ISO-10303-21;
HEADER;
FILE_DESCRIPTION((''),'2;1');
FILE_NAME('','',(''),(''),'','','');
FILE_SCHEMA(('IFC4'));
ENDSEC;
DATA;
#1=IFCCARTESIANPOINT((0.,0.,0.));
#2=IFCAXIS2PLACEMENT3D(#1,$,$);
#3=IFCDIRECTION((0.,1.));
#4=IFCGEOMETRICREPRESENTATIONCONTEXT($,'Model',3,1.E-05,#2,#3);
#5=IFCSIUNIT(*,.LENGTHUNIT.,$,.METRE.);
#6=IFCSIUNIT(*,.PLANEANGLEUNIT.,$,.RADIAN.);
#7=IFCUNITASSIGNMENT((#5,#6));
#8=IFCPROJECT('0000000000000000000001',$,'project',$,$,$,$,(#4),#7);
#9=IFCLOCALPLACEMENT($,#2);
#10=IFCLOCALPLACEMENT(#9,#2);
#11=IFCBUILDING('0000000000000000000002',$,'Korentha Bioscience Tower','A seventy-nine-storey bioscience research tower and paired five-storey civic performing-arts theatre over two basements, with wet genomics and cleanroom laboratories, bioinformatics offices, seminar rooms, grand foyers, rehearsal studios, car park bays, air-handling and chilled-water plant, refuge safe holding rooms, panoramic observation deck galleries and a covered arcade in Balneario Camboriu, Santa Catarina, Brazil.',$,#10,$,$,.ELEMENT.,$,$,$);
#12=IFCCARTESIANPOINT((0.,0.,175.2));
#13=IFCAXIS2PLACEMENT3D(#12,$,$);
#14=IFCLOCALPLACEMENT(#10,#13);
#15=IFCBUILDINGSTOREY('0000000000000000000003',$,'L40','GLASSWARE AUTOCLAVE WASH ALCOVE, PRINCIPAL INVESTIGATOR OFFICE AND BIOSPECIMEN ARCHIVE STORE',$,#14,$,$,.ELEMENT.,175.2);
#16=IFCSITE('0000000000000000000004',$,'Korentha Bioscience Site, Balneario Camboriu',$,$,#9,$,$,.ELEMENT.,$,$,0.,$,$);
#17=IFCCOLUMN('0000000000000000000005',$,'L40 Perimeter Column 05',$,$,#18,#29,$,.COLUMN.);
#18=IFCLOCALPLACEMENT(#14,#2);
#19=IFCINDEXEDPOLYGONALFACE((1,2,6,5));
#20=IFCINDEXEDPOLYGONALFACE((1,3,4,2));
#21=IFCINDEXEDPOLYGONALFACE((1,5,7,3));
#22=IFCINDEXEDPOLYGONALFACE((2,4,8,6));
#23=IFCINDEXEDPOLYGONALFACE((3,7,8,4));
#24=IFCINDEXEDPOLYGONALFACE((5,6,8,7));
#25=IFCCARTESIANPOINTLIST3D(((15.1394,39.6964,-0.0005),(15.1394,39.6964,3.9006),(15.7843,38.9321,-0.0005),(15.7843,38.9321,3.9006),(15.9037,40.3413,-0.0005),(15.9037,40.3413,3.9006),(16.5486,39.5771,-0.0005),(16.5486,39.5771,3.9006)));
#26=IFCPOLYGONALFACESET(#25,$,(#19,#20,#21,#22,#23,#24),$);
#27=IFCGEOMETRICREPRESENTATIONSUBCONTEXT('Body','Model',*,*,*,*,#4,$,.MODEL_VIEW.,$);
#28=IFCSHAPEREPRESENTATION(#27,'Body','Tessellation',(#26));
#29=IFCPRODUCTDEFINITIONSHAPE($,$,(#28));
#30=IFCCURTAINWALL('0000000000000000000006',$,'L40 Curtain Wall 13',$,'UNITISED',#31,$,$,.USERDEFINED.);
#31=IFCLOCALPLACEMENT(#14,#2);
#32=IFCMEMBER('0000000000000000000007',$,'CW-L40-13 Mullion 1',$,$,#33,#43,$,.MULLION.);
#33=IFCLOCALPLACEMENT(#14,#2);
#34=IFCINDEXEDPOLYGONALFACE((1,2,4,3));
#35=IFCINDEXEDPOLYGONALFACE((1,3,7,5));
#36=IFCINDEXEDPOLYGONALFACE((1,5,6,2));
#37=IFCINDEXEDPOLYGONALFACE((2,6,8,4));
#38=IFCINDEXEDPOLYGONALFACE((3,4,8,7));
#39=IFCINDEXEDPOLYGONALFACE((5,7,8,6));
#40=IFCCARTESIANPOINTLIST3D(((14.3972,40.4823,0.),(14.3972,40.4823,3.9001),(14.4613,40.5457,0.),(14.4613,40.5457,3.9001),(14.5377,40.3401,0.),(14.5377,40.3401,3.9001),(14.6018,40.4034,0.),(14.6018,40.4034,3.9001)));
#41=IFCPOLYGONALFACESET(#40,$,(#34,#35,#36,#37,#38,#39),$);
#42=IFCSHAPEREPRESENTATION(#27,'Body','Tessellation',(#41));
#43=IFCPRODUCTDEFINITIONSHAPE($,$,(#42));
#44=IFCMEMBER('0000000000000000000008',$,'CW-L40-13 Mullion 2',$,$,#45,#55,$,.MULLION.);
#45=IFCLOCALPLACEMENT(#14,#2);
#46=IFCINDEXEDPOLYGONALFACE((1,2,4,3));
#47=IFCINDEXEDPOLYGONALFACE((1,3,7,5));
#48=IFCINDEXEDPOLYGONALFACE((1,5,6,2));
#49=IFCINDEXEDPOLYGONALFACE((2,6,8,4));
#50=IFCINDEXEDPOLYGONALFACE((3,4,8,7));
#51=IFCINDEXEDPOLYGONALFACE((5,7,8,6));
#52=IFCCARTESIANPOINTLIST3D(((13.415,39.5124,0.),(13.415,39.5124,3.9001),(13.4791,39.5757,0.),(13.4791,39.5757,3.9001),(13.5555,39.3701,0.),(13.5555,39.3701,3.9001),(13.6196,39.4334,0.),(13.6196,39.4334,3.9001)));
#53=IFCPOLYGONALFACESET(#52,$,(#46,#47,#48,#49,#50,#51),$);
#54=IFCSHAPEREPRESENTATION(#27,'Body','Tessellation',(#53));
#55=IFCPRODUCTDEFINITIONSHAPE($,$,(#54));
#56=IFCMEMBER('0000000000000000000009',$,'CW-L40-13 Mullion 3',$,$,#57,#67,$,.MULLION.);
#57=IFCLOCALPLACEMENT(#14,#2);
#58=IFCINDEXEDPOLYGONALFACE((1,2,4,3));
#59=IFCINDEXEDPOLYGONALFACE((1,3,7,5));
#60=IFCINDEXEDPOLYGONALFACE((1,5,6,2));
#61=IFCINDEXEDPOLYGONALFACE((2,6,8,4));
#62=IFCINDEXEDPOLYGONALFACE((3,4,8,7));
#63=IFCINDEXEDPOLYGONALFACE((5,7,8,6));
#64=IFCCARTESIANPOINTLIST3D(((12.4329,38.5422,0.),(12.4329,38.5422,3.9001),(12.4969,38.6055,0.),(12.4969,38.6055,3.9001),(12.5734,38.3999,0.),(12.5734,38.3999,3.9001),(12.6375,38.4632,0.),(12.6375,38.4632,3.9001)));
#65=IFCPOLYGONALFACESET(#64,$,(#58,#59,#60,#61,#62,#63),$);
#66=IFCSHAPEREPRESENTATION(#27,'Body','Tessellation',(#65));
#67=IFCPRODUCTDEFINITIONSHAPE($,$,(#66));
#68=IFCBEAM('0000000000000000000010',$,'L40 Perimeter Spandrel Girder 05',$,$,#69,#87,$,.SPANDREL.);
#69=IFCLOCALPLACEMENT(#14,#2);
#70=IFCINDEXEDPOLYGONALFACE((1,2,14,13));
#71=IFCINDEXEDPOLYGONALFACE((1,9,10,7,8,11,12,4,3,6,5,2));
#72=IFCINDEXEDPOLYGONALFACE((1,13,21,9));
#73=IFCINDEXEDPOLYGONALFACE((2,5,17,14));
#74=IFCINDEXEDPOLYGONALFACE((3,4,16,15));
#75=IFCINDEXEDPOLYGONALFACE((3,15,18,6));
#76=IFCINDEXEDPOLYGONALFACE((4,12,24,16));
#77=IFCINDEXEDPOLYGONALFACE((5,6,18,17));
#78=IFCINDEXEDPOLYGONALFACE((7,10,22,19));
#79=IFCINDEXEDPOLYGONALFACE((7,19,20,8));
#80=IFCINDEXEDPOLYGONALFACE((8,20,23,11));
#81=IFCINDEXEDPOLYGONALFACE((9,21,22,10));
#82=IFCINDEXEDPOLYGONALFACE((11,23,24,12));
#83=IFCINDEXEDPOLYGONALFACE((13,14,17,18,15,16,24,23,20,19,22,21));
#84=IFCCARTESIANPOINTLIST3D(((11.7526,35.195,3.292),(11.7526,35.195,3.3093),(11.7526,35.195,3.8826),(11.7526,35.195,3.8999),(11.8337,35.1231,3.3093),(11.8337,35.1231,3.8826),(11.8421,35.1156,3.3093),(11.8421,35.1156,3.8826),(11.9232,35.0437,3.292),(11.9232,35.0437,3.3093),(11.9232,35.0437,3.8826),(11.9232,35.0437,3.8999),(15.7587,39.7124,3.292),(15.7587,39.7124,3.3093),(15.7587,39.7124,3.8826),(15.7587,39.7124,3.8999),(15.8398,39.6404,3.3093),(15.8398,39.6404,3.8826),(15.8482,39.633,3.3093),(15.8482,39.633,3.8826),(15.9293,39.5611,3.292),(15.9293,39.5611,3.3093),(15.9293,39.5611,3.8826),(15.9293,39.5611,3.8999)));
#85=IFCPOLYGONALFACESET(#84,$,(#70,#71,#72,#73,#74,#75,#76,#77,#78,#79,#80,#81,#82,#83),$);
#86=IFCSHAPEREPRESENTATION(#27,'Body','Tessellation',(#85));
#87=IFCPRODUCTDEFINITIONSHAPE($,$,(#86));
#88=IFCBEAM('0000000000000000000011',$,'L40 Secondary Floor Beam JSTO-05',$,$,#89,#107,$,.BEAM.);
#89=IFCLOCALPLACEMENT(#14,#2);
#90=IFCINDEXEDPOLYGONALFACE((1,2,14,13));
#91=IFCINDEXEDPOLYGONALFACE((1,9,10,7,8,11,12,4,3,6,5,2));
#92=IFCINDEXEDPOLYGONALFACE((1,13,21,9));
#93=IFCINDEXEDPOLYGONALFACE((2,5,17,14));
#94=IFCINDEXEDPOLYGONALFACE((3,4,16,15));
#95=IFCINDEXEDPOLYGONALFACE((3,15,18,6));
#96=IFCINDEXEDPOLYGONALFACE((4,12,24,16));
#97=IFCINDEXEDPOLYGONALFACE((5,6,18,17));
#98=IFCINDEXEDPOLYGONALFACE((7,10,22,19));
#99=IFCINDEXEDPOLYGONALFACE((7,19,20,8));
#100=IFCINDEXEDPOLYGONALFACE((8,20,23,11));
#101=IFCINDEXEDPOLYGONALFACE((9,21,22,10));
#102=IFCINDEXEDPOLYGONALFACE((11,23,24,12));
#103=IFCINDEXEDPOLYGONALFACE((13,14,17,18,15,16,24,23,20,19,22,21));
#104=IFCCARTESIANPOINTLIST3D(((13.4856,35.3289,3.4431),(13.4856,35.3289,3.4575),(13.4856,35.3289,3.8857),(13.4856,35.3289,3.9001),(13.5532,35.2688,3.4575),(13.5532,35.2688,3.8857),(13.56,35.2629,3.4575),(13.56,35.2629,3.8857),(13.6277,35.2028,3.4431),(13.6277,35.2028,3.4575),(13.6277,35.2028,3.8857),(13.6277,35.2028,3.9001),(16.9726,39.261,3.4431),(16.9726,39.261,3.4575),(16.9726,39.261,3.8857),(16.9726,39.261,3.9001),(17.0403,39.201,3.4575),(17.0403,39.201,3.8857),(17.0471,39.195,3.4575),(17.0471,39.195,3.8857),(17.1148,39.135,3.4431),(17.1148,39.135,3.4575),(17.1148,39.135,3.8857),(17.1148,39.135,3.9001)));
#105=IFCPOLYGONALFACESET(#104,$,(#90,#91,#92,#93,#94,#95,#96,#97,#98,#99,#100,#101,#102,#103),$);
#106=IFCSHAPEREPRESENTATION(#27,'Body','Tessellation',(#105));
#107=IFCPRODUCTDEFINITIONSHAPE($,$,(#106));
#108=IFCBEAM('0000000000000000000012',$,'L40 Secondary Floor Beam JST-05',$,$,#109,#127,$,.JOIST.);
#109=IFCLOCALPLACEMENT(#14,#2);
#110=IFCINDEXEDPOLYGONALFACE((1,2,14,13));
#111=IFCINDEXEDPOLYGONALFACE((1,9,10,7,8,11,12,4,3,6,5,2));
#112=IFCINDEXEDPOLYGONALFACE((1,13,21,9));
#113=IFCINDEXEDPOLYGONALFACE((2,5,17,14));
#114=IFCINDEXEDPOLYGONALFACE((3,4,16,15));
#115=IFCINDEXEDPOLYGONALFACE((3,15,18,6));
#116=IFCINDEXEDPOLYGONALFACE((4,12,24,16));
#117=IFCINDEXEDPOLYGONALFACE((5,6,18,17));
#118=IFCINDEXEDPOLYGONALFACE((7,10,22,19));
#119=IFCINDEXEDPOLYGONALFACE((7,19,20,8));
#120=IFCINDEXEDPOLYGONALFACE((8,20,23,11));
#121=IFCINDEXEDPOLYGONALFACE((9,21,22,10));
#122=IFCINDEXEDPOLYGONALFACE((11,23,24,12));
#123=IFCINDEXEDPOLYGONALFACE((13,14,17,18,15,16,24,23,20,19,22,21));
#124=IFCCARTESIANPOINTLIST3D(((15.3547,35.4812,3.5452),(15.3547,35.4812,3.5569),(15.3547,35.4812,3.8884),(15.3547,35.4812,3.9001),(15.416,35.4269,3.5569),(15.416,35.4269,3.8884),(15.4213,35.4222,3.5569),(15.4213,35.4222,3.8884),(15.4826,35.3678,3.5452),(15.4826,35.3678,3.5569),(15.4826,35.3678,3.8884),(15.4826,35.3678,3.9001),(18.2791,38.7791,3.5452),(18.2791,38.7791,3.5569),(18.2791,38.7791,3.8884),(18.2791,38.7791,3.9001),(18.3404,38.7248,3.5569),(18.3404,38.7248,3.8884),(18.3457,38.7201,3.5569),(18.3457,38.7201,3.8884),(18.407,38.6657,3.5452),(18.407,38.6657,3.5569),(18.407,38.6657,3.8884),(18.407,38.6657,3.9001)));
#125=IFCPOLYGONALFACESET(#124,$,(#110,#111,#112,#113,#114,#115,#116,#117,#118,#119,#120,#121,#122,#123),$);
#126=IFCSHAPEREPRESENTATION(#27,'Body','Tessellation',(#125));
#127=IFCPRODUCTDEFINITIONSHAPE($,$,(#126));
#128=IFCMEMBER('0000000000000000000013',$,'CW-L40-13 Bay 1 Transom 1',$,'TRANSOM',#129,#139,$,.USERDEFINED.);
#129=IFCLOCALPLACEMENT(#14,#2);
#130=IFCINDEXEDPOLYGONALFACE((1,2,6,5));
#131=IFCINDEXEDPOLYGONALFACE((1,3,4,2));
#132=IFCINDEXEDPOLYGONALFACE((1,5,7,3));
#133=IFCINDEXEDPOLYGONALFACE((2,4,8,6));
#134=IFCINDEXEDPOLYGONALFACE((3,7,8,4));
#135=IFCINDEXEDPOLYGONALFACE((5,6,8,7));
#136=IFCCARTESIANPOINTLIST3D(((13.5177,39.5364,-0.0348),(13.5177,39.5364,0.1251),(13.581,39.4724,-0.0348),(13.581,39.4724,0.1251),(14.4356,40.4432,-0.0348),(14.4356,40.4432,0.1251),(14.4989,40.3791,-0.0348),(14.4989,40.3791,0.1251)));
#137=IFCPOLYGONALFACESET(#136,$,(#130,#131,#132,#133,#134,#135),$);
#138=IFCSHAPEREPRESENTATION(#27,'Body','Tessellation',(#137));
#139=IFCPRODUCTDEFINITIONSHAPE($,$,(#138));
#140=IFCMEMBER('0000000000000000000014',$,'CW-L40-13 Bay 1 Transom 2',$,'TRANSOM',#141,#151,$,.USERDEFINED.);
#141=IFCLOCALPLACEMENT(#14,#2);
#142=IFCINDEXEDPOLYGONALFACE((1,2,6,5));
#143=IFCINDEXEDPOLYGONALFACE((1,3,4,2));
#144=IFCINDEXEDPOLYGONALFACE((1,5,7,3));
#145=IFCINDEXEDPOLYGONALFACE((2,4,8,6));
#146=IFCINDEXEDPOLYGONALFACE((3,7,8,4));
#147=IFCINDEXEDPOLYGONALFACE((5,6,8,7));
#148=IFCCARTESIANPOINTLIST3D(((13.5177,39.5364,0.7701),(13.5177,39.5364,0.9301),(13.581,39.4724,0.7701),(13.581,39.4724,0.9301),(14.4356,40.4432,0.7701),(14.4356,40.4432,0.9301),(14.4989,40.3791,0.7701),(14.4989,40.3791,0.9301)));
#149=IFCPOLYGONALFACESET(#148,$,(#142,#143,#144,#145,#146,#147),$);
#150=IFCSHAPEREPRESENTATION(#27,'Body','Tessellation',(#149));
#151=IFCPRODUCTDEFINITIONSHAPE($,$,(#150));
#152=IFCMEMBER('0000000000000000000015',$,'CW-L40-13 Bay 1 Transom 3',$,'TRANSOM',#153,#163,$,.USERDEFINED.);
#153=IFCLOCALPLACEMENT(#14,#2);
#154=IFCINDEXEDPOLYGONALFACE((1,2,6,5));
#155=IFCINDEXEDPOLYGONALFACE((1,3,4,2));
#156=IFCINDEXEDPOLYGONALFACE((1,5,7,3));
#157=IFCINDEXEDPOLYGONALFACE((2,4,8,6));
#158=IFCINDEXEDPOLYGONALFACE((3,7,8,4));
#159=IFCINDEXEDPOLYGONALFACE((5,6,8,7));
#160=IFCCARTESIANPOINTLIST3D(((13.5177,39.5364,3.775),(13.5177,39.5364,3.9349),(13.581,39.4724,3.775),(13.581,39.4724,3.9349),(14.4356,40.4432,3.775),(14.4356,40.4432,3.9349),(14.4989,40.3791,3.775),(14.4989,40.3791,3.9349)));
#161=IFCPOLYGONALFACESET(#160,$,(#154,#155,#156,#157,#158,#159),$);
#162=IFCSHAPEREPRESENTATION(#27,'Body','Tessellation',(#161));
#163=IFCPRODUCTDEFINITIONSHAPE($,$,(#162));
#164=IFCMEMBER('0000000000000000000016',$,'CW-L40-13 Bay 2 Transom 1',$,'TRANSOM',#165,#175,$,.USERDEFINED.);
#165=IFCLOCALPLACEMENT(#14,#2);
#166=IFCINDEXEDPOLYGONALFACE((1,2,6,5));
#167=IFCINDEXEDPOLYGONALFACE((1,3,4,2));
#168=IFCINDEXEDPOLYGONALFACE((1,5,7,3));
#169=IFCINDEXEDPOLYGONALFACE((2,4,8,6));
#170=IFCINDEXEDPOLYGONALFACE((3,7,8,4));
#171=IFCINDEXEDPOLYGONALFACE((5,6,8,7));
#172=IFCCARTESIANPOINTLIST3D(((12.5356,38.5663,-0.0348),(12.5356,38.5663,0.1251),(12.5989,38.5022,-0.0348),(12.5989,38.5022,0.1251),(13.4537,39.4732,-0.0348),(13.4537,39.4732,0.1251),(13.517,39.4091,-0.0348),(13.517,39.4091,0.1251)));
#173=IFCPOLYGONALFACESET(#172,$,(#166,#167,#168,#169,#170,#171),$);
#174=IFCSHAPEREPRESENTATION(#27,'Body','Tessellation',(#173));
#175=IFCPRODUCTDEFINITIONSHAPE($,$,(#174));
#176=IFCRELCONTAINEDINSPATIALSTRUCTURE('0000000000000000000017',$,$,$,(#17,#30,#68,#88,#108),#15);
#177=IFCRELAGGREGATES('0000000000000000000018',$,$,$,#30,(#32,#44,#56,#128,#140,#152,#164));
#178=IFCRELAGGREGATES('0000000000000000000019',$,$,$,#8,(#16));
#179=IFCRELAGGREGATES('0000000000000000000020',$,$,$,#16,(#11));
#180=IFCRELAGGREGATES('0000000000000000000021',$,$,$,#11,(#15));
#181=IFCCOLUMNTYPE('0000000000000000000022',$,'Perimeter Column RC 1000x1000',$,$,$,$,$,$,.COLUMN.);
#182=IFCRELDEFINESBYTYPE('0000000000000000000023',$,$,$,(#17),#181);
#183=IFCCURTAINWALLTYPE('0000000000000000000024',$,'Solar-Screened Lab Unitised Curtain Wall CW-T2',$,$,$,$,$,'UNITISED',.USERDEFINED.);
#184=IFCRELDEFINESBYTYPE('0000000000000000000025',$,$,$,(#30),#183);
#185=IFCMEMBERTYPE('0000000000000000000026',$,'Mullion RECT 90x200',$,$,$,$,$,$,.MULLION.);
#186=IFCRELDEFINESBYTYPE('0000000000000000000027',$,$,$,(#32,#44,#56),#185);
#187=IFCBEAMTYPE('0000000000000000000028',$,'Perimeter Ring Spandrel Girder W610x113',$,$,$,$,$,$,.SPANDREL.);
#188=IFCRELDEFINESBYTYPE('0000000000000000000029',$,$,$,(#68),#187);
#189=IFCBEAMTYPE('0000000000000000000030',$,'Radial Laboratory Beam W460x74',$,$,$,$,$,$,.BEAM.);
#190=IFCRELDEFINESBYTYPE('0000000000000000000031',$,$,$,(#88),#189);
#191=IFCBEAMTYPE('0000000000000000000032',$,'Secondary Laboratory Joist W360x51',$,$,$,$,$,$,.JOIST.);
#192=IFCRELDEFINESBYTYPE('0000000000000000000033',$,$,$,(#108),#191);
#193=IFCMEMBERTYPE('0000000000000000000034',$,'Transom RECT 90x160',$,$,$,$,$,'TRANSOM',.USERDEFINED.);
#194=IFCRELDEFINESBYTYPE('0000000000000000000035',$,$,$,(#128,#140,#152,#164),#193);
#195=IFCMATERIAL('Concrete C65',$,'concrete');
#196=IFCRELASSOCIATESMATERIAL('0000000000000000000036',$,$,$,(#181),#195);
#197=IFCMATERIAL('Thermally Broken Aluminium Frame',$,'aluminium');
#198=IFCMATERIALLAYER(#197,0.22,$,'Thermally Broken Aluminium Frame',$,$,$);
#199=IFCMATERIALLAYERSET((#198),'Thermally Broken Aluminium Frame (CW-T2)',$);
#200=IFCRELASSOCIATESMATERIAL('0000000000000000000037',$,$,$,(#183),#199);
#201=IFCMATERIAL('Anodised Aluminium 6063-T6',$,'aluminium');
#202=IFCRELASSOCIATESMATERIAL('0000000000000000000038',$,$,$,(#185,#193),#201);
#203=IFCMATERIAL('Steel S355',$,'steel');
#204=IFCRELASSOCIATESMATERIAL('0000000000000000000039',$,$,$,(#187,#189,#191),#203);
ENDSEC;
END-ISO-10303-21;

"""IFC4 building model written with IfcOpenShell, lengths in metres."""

from ifc_helpers import new_model, si_unit, direction, frame, origin, origin_2d, place, context, subcontext, project, spatial, rectangle, i_section, extrude, material, layer, layer_set, material_profile, profile_set, type_object, element, aggregate, save


model = new_model("IFC4")

# Units and contexts
model_context = context("Model", 3, precision=1e-05, world=origin(), true_north=direction((0.0, 1.0)))
body_context = subcontext(model_context, "Body", "Model", "MODEL_VIEW")
ifc_project = project(units=[si_unit("LENGTHUNIT", "METRE"), si_unit("PLANEANGLEUNIT", "RADIAN")], contexts=[model_context])

# Site, building, storey
site_placement = place(None, origin())
site = spatial("IfcSite", under=ifc_project, at=site_placement, Name="Korentha Bioscience Site, Balneario Camboriu", CompositionType="ELEMENT", RefElevation=0.0)
building_placement = place(site_placement, origin())
building = spatial("IfcBuilding", under=site, at=building_placement, Name="Korentha Bioscience Tower", Description="A seventy-nine-storey bioscience research tower and paired five-storey civic performing-arts theatre over two basements, with wet genomics and cleanroom laboratories, bioinformatics offices, seminar rooms, grand foyers, rehearsal studios, car park bays, air-handling and chilled-water plant, refuge safe holding rooms, panoramic observation deck galleries and a covered arcade in Balneario Camboriu, Santa Catarina, Brazil.", CompositionType="ELEMENT")
storey_placement = place(building_placement, frame((0.0, 0.0, 175.2)))
storey = spatial("IfcBuildingStorey", under=building, at=storey_placement, Name="L40", Description="GLASSWARE AUTOCLAVE WASH ALCOVE, PRINCIPAL INVESTIGATOR OFFICE AND BIOSPECIMEN ARCHIVE STORE", CompositionType="ELEMENT", Elevation=175.2)

# Column
ifc_material_1 = material(Name="Concrete C65", Category="concrete")
ifc_material_profile_1 = material_profile(ifc_material_1, rectangle(XDim=1.0, YDim=1.0, at=origin_2d()), Name="Concrete C65")
ifc_profile_set_1 = profile_set([ifc_material_profile_1], Name="Concrete C65 (COL-P10)")
column_type = type_object("IfcColumnType", Name="Perimeter Column RC 1000x1000", PredefinedType="COLUMN", material=ifc_profile_set_1)
column_placement = place(storey_placement, frame((15.844, 39.6367, -0.0005), z_axis=(0.0, 0.0, 1.0), x_axis=(0.764246, 0.644924, 0.0)))
element("IfcColumn", 1, at=column_placement, inside=storey, type_object=column_type, Name="L40 Perimeter Column 05", PredefinedType="COLUMN", context=body_context, shape_type="SweptSolid", body=[
    extrude(rectangle(XDim=1.0, YDim=1.0, at=origin_2d()), origin(), (0.0, 0.0, 1.0), 3.9011),
])

# Curtain wall, members
ifc_material_2 = material(Name="Thermally Broken Aluminium Frame", Category="aluminium")
ifc_layer_1 = layer(ifc_material_2, 0.22, Name="Thermally Broken Aluminium Frame")
ifc_layer_set_1 = layer_set([ifc_layer_1], Name="Thermally Broken Aluminium Frame (CW-T2)")
curtain_wall_type = type_object("IfcCurtainWallType", Name="Solar-Screened Lab Unitised Curtain Wall CW-T2", ElementType="UNITISED", PredefinedType="USERDEFINED", material=ifc_layer_set_1)
curtain_wall_placement = place(storey_placement, origin())
curtain_wall = element("IfcCurtainWall", 2, at=curtain_wall_placement, inside=storey, type_object=curtain_wall_type, Name="L40 Curtain Wall 13", ObjectType="UNITISED", PredefinedType="USERDEFINED")
ifc_material_3 = material(Name="Anodised Aluminium 6063-T6", Category="aluminium")
ifc_material_profile_2 = material_profile(ifc_material_3, rectangle(XDim=0.0901, YDim=0.2, at=origin_2d()), Name="Anodised Aluminium 6063-T6")
ifc_profile_set_2 = profile_set([ifc_material_profile_2], Name="Anodised Aluminium 6063-T6 (CW-MUL)")
member_type_1 = type_object("IfcMemberType", Name="Mullion RECT 90x200", PredefinedType="MULLION", material=ifc_profile_set_2)
member_1_placement = place(storey_placement, frame((14.4995, 40.4429, 0.0), z_axis=(0.0, 0.0, 1.0), x_axis=(-0.711461, -0.702726, 0.0)))
member_1 = element("IfcMember", 3, at=member_1_placement, type_object=member_type_1, Name="CW-L40-13 Mullion 1", PredefinedType="MULLION", context=body_context, shape_type="SweptSolid", body=[
    extrude(rectangle(XDim=0.0901, YDim=0.2, at=origin_2d()), origin(), (0.0, 0.0, 1.0), 3.9001),
])
member_2_placement = place(storey_placement, frame((13.5173, 39.4729, 0.0), z_axis=(0.0, 0.0, 1.0), x_axis=(-0.711461, -0.702726, 0.0)))
member_2 = element("IfcMember", 4, at=member_2_placement, type_object=member_type_1, Name="CW-L40-13 Mullion 2", PredefinedType="MULLION", context=body_context, shape_type="SweptSolid", body=[
    extrude(rectangle(XDim=0.0901, YDim=0.2, at=origin_2d()), origin(), (0.0, 0.0, 1.0), 3.9001),
])
member_3_placement = place(storey_placement, frame((12.5352, 38.5027, 0.0), z_axis=(0.0, 0.0, 1.0), x_axis=(-0.711461, -0.702726, 0.0)))
member_3 = element("IfcMember", 5, at=member_3_placement, type_object=member_type_1, Name="CW-L40-13 Mullion 3", PredefinedType="MULLION", context=body_context, shape_type="SweptSolid", body=[
    extrude(rectangle(XDim=0.0901, YDim=0.2, at=origin_2d()), origin(), (0.0, 0.0, 1.0), 3.9001),
])

# Beams
ifc_material_4 = material(Name="Steel S355", Category="steel")
ifc_material_profile_3 = material_profile(ifc_material_4, i_section(OverallWidth=0.228, OverallDepth=0.6079, WebThickness=0.0112, FlangeThickness=0.0173, at=origin_2d()), Name="Steel S355")
ifc_profile_set_3 = profile_set([ifc_material_profile_3], Name="Steel S355 (SB-610)")
beam_type_1 = type_object("IfcBeamType", Name="Perimeter Ring Spandrel Girder W610x113", PredefinedType="SPANDREL", material=ifc_profile_set_3)
beam_1_placement = place(storey_placement, frame((15.844, 39.6367, 3.5959), z_axis=(-0.663503, -0.748174, 0.0), x_axis=(0.748174, -0.663503, 0.0)))
element("IfcBeam", 6, at=beam_1_placement, inside=storey, type_object=beam_type_1, Name="L40 Perimeter Spandrel Girder 05", PredefinedType="SPANDREL", context=body_context, shape_type="SweptSolid", body=[
    extrude(i_section(OverallWidth=0.228, OverallDepth=0.6079, WebThickness=0.0112, FlangeThickness=0.0173, at=origin_2d()), origin(), (0.0, 0.0, 1.0), 6.0378),
])
ifc_material_profile_4 = material_profile(ifc_material_4, i_section(OverallWidth=0.1899, OverallDepth=0.457, WebThickness=0.009, FlangeThickness=0.0144, at=origin_2d()), Name="Steel S355")
ifc_profile_set_4 = profile_set([ifc_material_profile_4], Name="Steel S355 (RB-460)")
beam_type_2 = type_object("IfcBeamType", Name="Radial Laboratory Beam W460x74", PredefinedType="BEAM", material=ifc_profile_set_4)
beam_2_placement = place(storey_placement, frame((17.0437, 39.198, 3.6716), z_axis=(-0.663496, -0.74818, 0.0), x_axis=(0.74818, -0.663496, 0.0)))
element("IfcBeam", 7, at=beam_2_placement, inside=storey, type_object=beam_type_2, Name="L40 Secondary Floor Beam JSTO-05", PredefinedType="BEAM", context=body_context, shape_type="SweptSolid", body=[
    extrude(i_section(OverallWidth=0.1899, OverallDepth=0.457, WebThickness=0.009, FlangeThickness=0.0144, at=origin_2d()), origin(), (0.0, 0.0, 1.0), 5.2556),
])
ifc_material_profile_5 = material_profile(ifc_material_4, i_section(OverallWidth=0.1709, OverallDepth=0.355, WebThickness=0.0071, FlangeThickness=0.0117, at=origin_2d()), Name="Steel S355")
ifc_profile_set_5 = profile_set([ifc_material_profile_5], Name="Steel S355 (JB-360)")
beam_type_3 = type_object("IfcBeamType", Name="Secondary Laboratory Joist W360x51", PredefinedType="JOIST", material=ifc_profile_set_5)
beam_3_placement = place(storey_placement, frame((18.343, 38.7224, 3.7227), z_axis=(-0.663463, -0.748209, 0.0), x_axis=(0.748209, -0.663463, 0.0)))
element("IfcBeam", 8, at=beam_3_placement, inside=storey, type_object=beam_type_3, Name="L40 Secondary Floor Beam JST-05", PredefinedType="JOIST", context=body_context, shape_type="SweptSolid", body=[
    extrude(i_section(OverallWidth=0.1709, OverallDepth=0.355, WebThickness=0.0071, FlangeThickness=0.0117, at=origin_2d()), origin(), (0.0, 0.0, 1.0), 4.4077),
])

# Members
ifc_material_profile_6 = material_profile(ifc_material_3, rectangle(XDim=0.0901, YDim=0.1599, at=origin_2d()), Name="Anodised Aluminium 6063-T6")
ifc_profile_set_6 = profile_set([ifc_material_profile_6], Name="Anodised Aluminium 6063-T6 (CW-TRN)")
member_type_2 = type_object("IfcMemberType", Name="Transom RECT 90x160", ElementType="TRANSOM", PredefinedType="USERDEFINED", material=ifc_profile_set_6)
member_4_placement = place(storey_placement, frame((14.4673, 40.4111, 0.0452), z_axis=(-0.711445, -0.702741, 0.0), x_axis=(0.702741, -0.711445, 0.0)))
member_4 = element("IfcMember", 9, at=member_4_placement, type_object=member_type_2, Name="CW-L40-13 Bay 1 Transom 1", ObjectType="TRANSOM", PredefinedType="USERDEFINED", context=body_context, shape_type="SweptSolid", body=[
    extrude(rectangle(XDim=0.0901, YDim=0.1599, at=origin_2d()), origin(), (0.0, 0.0, 1.0), 1.2903),
])
member_5_placement = place(storey_placement, frame((14.4673, 40.4111, 0.8501), z_axis=(-0.711445, -0.702741, 0.0), x_axis=(0.702741, -0.711445, 0.0)))
member_5 = element("IfcMember", 10, at=member_5_placement, type_object=member_type_2, Name="CW-L40-13 Bay 1 Transom 2", ObjectType="TRANSOM", PredefinedType="USERDEFINED", context=body_context, shape_type="SweptSolid", body=[
    extrude(rectangle(XDim=0.0901, YDim=0.1599, at=origin_2d()), origin(), (0.0, 0.0, 1.0), 1.2903),
])
member_6_placement = place(storey_placement, frame((14.4673, 40.4111, 3.855), z_axis=(-0.711445, -0.702741, 0.0), x_axis=(0.702741, -0.711445, 0.0)))
member_6 = element("IfcMember", 11, at=member_6_placement, type_object=member_type_2, Name="CW-L40-13 Bay 1 Transom 3", ObjectType="TRANSOM", PredefinedType="USERDEFINED", context=body_context, shape_type="SweptSolid", body=[
    extrude(rectangle(XDim=0.0901, YDim=0.1599, at=origin_2d()), origin(), (0.0, 0.0, 1.0), 1.2903),
])
member_7_placement = place(storey_placement, frame((13.4854, 39.4412, 0.0452), z_axis=(-0.711444, -0.702743, 0.0), x_axis=(0.702743, -0.711444, 0.0)))
member_7 = element("IfcMember", 12, at=member_7_placement, type_object=member_type_2, Name="CW-L40-13 Bay 2 Transom 1", ObjectType="TRANSOM", PredefinedType="USERDEFINED", context=body_context, shape_type="SweptSolid", body=[
    extrude(rectangle(XDim=0.0901, YDim=0.1599, at=origin_2d()), origin(), (0.0, 0.0, 1.0), 1.2905),
])

aggregate(curtain_wall, [member_1, member_2, member_3, member_4, member_5, member_6, member_7])

save(model, "model.ifc")
